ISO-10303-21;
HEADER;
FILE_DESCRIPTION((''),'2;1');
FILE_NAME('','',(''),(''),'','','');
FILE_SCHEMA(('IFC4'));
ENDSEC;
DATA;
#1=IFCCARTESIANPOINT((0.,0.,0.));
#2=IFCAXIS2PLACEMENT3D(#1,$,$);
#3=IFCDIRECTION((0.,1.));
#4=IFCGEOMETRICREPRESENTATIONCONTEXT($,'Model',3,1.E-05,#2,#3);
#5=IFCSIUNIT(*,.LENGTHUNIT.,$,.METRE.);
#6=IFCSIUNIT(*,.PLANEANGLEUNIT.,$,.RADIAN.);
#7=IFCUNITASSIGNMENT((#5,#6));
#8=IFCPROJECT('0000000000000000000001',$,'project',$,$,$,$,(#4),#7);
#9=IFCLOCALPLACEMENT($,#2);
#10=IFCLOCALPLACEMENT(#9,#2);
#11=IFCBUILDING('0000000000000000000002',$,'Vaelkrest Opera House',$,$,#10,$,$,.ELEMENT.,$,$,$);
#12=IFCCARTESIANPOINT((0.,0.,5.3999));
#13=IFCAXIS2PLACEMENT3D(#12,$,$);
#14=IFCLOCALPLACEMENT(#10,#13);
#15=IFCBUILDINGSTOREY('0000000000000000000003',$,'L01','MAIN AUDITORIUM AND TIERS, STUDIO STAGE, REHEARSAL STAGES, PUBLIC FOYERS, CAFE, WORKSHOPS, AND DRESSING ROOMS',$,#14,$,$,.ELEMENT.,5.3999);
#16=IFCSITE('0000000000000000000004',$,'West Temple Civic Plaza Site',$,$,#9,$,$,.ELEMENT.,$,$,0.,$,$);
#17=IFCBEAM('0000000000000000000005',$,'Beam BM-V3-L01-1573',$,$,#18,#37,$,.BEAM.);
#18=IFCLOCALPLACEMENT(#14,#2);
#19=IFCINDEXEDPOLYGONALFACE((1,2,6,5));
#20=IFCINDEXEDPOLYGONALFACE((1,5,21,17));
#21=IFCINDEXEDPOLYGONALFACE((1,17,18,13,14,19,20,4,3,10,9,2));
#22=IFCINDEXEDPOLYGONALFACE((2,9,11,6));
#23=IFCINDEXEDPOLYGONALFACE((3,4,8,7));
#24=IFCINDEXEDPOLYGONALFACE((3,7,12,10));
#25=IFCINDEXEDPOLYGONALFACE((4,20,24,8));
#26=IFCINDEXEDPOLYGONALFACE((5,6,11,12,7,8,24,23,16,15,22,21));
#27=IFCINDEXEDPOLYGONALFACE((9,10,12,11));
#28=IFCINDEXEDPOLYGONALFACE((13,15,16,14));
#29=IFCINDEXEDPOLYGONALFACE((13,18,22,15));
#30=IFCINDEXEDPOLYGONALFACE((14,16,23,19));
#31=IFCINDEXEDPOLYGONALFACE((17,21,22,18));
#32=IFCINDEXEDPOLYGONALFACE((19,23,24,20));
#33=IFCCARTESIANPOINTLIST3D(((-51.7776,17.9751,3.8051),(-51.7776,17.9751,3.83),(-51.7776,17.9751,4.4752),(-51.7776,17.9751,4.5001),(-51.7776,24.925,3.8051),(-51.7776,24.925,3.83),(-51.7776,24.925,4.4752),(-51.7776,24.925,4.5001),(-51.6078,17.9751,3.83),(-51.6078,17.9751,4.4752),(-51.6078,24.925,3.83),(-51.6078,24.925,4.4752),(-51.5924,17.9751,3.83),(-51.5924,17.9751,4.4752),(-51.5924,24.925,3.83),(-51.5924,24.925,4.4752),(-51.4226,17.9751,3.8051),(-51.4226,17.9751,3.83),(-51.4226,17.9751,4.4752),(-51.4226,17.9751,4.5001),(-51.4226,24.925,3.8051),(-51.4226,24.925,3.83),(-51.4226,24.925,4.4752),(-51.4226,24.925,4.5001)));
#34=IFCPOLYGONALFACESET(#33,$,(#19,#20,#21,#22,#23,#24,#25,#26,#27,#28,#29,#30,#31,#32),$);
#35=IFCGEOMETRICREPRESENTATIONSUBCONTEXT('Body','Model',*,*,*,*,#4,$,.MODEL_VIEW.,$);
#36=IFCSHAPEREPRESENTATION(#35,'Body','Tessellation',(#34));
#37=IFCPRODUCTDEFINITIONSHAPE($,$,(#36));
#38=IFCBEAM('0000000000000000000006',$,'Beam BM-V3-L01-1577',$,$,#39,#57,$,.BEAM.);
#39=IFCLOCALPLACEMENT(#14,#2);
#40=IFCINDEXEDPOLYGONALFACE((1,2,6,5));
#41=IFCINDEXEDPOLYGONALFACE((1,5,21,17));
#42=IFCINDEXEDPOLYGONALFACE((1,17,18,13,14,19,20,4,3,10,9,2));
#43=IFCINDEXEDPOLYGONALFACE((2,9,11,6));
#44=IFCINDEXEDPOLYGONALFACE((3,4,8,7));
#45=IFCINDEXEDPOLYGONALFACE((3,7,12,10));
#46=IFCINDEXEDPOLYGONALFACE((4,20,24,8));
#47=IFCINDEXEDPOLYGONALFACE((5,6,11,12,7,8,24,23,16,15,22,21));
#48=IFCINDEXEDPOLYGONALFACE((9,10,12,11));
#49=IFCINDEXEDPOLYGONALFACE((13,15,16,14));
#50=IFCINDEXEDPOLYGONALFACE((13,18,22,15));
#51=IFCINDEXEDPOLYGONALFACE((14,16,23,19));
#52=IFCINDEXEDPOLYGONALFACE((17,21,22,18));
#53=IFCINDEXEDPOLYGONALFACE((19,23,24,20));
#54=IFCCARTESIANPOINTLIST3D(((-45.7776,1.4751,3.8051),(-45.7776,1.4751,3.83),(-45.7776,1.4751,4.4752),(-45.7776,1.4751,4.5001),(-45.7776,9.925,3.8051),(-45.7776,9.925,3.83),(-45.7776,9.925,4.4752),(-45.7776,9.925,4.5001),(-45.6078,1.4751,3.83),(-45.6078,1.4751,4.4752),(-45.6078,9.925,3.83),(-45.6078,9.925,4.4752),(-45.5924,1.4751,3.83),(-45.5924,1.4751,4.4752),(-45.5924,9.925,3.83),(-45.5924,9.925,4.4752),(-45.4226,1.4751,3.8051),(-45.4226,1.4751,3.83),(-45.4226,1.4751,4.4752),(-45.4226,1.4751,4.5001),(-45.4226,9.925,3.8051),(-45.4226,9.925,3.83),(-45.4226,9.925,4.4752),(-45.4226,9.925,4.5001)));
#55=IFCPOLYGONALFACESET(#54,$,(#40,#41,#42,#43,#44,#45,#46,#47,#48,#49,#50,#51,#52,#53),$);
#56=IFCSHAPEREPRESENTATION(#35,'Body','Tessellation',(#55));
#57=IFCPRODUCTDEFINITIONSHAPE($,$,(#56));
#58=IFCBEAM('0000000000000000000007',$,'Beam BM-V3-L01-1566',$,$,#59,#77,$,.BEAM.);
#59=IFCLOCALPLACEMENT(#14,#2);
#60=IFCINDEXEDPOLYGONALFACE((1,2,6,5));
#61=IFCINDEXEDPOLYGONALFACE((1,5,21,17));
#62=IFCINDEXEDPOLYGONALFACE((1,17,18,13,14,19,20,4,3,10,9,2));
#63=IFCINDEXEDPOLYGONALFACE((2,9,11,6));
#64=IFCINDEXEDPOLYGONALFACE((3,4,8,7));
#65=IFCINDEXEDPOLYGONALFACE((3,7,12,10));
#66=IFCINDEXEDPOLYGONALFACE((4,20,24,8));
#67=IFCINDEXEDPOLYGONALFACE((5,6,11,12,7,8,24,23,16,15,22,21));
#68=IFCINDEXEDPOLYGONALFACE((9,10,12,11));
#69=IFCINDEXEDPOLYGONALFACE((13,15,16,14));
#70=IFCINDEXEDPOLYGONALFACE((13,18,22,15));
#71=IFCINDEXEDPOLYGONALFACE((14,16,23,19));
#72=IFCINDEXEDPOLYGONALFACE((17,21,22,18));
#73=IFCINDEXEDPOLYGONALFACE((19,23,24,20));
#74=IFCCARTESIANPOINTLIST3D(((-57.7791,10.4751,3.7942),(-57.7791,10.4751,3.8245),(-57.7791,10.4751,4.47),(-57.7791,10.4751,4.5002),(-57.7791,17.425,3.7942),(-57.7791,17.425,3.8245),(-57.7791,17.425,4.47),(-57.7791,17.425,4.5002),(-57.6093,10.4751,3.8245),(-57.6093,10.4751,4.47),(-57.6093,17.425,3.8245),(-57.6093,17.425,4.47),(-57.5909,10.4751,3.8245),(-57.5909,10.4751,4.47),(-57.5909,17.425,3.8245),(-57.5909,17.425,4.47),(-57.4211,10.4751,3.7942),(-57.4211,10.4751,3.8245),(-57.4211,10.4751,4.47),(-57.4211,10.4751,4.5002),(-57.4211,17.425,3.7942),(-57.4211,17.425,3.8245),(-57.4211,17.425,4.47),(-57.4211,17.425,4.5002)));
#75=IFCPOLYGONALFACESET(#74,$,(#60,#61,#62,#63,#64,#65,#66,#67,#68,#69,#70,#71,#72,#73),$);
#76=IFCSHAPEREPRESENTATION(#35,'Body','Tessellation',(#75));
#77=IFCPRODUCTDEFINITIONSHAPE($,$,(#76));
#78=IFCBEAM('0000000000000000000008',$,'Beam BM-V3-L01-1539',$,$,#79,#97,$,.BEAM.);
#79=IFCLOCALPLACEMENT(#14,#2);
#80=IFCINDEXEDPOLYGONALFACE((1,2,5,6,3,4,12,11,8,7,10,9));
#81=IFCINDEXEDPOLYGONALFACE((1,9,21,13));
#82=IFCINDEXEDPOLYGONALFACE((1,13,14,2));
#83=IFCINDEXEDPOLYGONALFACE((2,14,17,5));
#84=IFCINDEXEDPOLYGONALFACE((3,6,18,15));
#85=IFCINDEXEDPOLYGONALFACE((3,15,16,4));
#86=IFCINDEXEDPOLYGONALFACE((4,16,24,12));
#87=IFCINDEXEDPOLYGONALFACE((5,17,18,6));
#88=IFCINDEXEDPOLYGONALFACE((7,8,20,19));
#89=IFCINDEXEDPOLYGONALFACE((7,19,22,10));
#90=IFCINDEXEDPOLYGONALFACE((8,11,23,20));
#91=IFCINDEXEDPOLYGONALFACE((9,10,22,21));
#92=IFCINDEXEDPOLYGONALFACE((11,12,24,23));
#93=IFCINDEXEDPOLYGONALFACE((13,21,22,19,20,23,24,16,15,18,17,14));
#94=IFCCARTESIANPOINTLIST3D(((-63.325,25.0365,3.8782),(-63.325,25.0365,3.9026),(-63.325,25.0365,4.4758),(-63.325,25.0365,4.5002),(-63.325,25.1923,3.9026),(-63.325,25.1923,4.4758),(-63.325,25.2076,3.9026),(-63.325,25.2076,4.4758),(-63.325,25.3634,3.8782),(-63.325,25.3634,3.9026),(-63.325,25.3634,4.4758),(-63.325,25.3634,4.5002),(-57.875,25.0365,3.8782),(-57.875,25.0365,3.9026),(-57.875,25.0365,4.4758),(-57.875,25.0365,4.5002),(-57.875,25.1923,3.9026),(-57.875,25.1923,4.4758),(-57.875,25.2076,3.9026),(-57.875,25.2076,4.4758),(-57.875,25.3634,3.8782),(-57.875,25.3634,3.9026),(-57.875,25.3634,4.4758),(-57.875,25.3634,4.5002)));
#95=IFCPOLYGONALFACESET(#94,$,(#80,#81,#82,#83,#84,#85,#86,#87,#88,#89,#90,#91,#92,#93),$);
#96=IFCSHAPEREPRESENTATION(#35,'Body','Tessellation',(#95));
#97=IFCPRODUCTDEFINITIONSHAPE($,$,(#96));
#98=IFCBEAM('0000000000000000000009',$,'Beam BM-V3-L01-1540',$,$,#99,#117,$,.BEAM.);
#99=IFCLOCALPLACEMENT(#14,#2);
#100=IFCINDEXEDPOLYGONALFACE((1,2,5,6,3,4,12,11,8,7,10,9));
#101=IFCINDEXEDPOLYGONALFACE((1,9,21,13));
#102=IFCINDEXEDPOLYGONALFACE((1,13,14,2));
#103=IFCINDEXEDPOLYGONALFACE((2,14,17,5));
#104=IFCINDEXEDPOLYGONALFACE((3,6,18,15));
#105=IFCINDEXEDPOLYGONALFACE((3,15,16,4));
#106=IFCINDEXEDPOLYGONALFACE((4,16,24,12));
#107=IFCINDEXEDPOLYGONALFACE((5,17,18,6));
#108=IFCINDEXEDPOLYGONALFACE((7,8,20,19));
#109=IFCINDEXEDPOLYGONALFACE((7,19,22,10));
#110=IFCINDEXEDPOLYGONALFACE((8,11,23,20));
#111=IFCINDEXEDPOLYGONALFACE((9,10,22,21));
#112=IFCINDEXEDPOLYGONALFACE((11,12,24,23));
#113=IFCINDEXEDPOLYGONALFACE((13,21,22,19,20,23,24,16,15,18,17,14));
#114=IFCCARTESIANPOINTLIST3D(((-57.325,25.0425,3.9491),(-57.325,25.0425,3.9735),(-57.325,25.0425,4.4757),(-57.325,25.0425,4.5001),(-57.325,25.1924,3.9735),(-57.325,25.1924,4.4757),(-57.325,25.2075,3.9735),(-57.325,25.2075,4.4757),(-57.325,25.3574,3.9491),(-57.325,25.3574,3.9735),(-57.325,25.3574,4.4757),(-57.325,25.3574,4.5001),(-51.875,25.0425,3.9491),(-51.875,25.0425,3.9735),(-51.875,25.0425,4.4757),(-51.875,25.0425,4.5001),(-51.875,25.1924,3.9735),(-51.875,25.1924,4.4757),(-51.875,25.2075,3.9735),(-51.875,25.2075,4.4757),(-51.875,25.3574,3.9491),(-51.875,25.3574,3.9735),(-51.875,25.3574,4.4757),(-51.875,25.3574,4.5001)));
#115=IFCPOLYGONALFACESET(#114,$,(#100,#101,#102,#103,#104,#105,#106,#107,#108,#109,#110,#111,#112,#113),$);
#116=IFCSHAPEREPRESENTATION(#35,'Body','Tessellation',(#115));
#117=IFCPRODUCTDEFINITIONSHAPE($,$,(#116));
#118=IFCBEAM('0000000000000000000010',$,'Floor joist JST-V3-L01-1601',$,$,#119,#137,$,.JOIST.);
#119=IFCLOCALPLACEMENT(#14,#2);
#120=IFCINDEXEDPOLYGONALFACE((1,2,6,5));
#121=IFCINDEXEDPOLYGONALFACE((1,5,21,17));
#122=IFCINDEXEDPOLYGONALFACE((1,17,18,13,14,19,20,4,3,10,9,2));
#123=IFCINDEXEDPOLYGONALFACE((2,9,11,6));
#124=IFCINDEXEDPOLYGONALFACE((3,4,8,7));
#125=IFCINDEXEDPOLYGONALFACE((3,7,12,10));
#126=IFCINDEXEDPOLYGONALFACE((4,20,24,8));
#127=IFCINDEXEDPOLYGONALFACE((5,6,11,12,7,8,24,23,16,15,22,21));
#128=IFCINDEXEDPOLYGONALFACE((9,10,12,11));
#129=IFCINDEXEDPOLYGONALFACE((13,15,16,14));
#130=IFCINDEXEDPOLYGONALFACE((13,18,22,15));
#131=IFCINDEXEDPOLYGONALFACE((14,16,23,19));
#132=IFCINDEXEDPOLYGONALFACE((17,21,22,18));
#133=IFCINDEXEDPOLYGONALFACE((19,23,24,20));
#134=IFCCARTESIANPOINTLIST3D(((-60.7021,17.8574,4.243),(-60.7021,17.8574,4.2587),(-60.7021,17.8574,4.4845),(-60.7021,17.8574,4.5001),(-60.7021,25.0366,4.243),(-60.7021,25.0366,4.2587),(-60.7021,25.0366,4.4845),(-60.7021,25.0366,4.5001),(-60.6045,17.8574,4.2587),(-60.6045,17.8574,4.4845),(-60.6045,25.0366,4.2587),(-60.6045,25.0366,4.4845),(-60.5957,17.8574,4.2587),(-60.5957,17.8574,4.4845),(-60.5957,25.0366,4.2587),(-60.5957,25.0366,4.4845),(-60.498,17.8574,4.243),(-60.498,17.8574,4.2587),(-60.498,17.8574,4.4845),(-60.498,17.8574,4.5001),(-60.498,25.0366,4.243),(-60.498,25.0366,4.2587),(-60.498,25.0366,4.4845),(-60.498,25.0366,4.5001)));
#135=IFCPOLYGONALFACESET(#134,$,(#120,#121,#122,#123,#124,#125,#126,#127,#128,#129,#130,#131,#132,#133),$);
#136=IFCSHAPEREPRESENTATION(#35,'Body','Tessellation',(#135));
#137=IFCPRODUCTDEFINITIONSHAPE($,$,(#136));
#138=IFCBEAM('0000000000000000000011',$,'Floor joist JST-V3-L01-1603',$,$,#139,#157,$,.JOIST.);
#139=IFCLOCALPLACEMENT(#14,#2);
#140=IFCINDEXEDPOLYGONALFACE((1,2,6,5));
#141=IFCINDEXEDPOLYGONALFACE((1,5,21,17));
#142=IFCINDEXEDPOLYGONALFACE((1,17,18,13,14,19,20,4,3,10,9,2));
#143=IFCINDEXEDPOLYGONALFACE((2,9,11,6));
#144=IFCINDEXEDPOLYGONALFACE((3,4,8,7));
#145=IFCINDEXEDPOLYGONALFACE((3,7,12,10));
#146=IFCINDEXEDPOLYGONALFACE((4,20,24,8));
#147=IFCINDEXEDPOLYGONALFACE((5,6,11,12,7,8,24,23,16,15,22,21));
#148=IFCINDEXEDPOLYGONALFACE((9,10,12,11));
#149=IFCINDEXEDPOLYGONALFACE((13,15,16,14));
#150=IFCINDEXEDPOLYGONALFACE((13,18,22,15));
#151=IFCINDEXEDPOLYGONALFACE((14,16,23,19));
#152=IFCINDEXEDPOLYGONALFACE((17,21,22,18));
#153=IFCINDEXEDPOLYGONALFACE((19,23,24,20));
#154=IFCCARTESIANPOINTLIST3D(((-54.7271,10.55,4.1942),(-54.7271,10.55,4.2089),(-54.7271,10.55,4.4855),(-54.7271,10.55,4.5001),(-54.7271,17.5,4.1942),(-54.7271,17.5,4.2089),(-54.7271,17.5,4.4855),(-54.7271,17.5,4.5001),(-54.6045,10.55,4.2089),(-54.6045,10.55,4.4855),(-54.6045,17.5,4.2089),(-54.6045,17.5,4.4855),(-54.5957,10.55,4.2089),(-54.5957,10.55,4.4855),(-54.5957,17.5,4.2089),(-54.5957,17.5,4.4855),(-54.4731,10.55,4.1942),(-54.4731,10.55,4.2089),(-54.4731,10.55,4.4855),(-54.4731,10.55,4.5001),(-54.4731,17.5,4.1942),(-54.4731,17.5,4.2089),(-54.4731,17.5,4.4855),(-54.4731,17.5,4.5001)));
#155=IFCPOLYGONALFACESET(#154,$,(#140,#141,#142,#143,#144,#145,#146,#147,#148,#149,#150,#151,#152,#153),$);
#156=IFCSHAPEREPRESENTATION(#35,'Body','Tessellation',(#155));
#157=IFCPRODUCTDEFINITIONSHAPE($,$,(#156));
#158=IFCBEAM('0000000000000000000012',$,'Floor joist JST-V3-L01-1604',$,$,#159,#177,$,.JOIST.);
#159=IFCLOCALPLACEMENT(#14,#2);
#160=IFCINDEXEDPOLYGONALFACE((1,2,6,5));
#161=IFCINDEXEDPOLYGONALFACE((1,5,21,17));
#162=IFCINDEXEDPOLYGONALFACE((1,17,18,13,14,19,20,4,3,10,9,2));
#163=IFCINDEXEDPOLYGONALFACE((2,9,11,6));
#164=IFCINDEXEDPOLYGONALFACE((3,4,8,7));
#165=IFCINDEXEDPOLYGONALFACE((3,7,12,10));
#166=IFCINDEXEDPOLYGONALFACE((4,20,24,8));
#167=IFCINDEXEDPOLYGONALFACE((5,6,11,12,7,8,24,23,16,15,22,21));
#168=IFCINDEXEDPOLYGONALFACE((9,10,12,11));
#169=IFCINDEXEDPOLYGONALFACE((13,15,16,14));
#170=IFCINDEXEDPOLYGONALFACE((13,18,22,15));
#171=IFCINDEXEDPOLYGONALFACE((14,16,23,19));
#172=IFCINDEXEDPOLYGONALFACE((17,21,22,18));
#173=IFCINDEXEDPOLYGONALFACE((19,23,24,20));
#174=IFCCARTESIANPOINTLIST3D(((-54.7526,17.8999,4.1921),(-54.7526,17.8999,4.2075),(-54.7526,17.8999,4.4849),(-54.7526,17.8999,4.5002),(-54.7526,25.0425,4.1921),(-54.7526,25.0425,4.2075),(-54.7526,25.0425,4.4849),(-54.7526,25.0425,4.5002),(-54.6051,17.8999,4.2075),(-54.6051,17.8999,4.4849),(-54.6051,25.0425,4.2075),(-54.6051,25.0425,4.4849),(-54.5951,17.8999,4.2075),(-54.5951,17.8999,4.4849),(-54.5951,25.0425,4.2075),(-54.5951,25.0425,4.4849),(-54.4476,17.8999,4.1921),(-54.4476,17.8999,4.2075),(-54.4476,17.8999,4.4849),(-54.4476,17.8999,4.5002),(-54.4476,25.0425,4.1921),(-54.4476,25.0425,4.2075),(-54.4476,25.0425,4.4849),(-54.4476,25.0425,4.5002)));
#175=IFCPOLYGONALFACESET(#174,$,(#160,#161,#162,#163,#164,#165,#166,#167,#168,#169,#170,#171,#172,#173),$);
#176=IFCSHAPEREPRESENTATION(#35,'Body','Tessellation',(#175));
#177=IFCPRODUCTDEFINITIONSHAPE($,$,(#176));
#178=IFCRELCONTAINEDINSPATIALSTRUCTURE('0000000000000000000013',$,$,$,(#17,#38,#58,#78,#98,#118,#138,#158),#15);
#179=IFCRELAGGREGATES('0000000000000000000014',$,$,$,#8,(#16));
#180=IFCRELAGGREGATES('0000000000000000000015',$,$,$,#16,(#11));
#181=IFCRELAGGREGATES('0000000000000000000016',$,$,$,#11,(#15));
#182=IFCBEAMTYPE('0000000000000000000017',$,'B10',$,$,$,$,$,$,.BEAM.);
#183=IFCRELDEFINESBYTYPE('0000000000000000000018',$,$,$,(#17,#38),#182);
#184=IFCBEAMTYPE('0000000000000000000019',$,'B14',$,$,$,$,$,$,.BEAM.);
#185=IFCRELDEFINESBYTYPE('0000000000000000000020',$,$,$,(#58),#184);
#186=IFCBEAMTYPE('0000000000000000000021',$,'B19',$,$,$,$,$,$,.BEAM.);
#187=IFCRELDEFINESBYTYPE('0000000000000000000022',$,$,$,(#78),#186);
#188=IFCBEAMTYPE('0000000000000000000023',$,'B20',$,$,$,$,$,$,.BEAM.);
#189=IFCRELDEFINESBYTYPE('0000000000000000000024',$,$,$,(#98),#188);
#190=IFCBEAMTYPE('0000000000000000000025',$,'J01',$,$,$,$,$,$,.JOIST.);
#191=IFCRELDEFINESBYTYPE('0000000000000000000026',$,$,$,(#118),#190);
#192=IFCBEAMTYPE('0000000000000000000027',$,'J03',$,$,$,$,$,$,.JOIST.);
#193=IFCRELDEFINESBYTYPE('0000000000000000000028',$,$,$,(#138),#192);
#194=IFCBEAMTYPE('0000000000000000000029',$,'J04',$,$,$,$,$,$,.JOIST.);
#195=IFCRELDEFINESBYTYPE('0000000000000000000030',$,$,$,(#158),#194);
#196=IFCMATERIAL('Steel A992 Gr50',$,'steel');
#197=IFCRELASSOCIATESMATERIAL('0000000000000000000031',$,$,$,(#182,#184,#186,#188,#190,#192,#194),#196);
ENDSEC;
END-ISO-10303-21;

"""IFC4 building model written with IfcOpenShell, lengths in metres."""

from ifc_helpers import new_model, si_unit, direction, frame, origin, origin_2d, place, context, subcontext, project, spatial, i_section, extrude, material, material_profile, profile_set, type_object, element, save


model = new_model("IFC4")

# Units and contexts
model_context = context("Model", 3, precision=1e-05, world=origin(), true_north=direction((0.0, 1.0)))
body_context = subcontext(model_context, "Body", "Model", "MODEL_VIEW")
ifc_project = project(units=[si_unit("LENGTHUNIT", "METRE"), si_unit("PLANEANGLEUNIT", "RADIAN")], contexts=[model_context])

# Site, building, storey
site_placement = place(None, origin())
site = spatial("IfcSite", under=ifc_project, at=site_placement, Name="West Temple Civic Plaza Site", CompositionType="ELEMENT", RefElevation=0.0)
building_placement = place(site_placement, origin())
building = spatial("IfcBuilding", under=site, at=building_placement, Name="Vaelkrest Opera House", CompositionType="ELEMENT")
storey_placement = place(building_placement, frame((0.0, 0.0, 5.3999)))
storey = spatial("IfcBuildingStorey", under=building, at=storey_placement, Name="L01", Description="MAIN AUDITORIUM AND TIERS, STUDIO STAGE, REHEARSAL STAGES, PUBLIC FOYERS, CAFE, WORKSHOPS, AND DRESSING ROOMS", CompositionType="ELEMENT", Elevation=5.3999)

# Beams
ifc_material_1 = material(Name="Steel A992 Gr50", Category="steel")
ifc_material_profile_1 = material_profile(ifc_material_1, i_section(OverallWidth=0.355, OverallDepth=0.6951, WebThickness=0.0154, FlangeThickness=0.0249, at=origin_2d()), Name="W27X146")
ifc_profile_set_1 = profile_set([ifc_material_profile_1], Name="Steel A992 Gr50")
beam_type_1 = type_object("IfcBeamType", Name="B10", PredefinedType="BEAM", material=ifc_profile_set_1)
beam_1_placement = place(storey_placement, frame((-51.6001, 17.9751, 4.1526), z_axis=(0.0, 1.0, 0.0), x_axis=(-1.0, 0.0, 0.0)))
element("IfcBeam", 1, at=beam_1_placement, inside=storey, type_object=beam_type_1, Name="Beam BM-V3-L01-1573", PredefinedType="BEAM", context=body_context, shape_type="SweptSolid", body=[
    extrude(i_section(OverallWidth=0.355, OverallDepth=0.6951, WebThickness=0.0154, FlangeThickness=0.0249, at=origin_2d()), origin(), (0.0, 0.0, 1.0), 6.95),
])
beam_2_placement = place(storey_placement, frame((-45.6001, 1.4751, 4.1526), z_axis=(0.0, 1.0, 0.0), x_axis=(-1.0, 0.0, 0.0)))
element("IfcBeam", 2, at=beam_2_placement, inside=storey, type_object=beam_type_1, Name="Beam BM-V3-L01-1577", PredefinedType="BEAM", context=body_context, shape_type="SweptSolid", body=[
    extrude(i_section(OverallWidth=0.355, OverallDepth=0.6951, WebThickness=0.0154, FlangeThickness=0.0249, at=origin_2d()), origin(), (0.0, 0.0, 1.0), 8.45),
])
ifc_material_profile_2 = material_profile(ifc_material_1, i_section(OverallWidth=0.3579, OverallDepth=0.7061, WebThickness=0.0183, FlangeThickness=0.0303, at=origin_2d()), Name="W27X178")
ifc_profile_set_2 = profile_set([ifc_material_profile_2], Name="Steel A992 Gr50")
beam_type_2 = type_object("IfcBeamType", Name="B14", PredefinedType="BEAM", material=ifc_profile_set_2)
beam_3_placement = place(storey_placement, frame((-57.6001, 10.4751, 4.1472), z_axis=(0.0, 1.0, 0.0), x_axis=(-1.0, 0.0, 0.0)))
element("IfcBeam", 3, at=beam_3_placement, inside=storey, type_object=beam_type_2, Name="Beam BM-V3-L01-1566", PredefinedType="BEAM", context=body_context, shape_type="SweptSolid", body=[
    extrude(i_section(OverallWidth=0.3579, OverallDepth=0.7061, WebThickness=0.0183, FlangeThickness=0.0303, at=origin_2d()), origin(), (0.0, 0.0, 1.0), 6.95),
])
ifc_material_profile_3 = material_profile(ifc_material_1, i_section(OverallWidth=0.3269, OverallDepth=0.6221, WebThickness=0.0154, FlangeThickness=0.0244, at=origin_2d()), Name="W24X131")
ifc_profile_set_3 = profile_set([ifc_material_profile_3], Name="Steel A992 Gr50")
beam_type_3 = type_object("IfcBeamType", Name="B19", PredefinedType="BEAM", material=ifc_profile_set_3)
beam_4_placement = place(storey_placement, frame((-63.325, 25.2, 4.1892), z_axis=(1.0, 0.0, 0.0), x_axis=(0.0, 1.0, 0.0)))
element("IfcBeam", 4, at=beam_4_placement, inside=storey, type_object=beam_type_3, Name="Beam BM-V3-L01-1539", PredefinedType="BEAM", context=body_context, shape_type="SweptSolid", body=[
    extrude(i_section(OverallWidth=0.3269, OverallDepth=0.6221, WebThickness=0.0154, FlangeThickness=0.0244, at=origin_2d()), origin(), (0.0, 0.0, 1.0), 5.45),
])
ifc_material_profile_4 = material_profile(ifc_material_1, i_section(OverallWidth=0.3149, OverallDepth=0.551, WebThickness=0.0151, FlangeThickness=0.0244, at=origin_2d()), Name="W21X122")
ifc_profile_set_4 = profile_set([ifc_material_profile_4], Name="Steel A992 Gr50")
beam_type_4 = type_object("IfcBeamType", Name="B20", PredefinedType="BEAM", material=ifc_profile_set_4)
beam_5_placement = place(storey_placement, frame((-57.325, 25.2, 4.2246), z_axis=(1.0, 0.0, 0.0), x_axis=(0.0, 1.0, 0.0)))
element("IfcBeam", 5, at=beam_5_placement, inside=storey, type_object=beam_type_4, Name="Beam BM-V3-L01-1540", PredefinedType="BEAM", context=body_context, shape_type="SweptSolid", body=[
    extrude(i_section(OverallWidth=0.3149, OverallDepth=0.551, WebThickness=0.0151, FlangeThickness=0.0244, at=origin_2d()), origin(), (0.0, 0.0, 1.0), 5.45),
])
ifc_material_profile_5 = material_profile(ifc_material_1, i_section(OverallWidth=0.2041, OverallDepth=0.2571, WebThickness=0.0088, FlangeThickness=0.0156, at=origin_2d()), Name="W10X45")
ifc_profile_set_5 = profile_set([ifc_material_profile_5], Name="Steel A992 Gr50")
beam_type_5 = type_object("IfcBeamType", Name="J01", PredefinedType="JOIST", material=ifc_profile_set_5)
beam_6_placement = place(storey_placement, frame((-60.6001, 17.8574, 4.3716), z_axis=(0.0, 1.0, 0.0), x_axis=(-1.0, 0.0, 0.0)))
element("IfcBeam", 6, at=beam_6_placement, inside=storey, type_object=beam_type_5, Name="Floor joist JST-V3-L01-1601", PredefinedType="JOIST", context=body_context, shape_type="SweptSolid", body=[
    extrude(i_section(OverallWidth=0.2041, OverallDepth=0.2571, WebThickness=0.0088, FlangeThickness=0.0156, at=origin_2d()), origin(), (0.0, 0.0, 1.0), 7.1792),
])
ifc_material_profile_6 = material_profile(ifc_material_1, i_section(OverallWidth=0.2539, OverallDepth=0.3059, WebThickness=0.0088, FlangeThickness=0.0146, at=origin_2d()), Name="W12X53")
ifc_profile_set_6 = profile_set([ifc_material_profile_6], Name="Steel A992 Gr50")
beam_type_6 = type_object("IfcBeamType", Name="J03", PredefinedType="JOIST", material=ifc_profile_set_6)
beam_7_placement = place(storey_placement, frame((-54.6001, 10.55, 4.3472), z_axis=(0.0, 1.0, 0.0), x_axis=(-1.0, 0.0, 0.0)))
element("IfcBeam", 7, at=beam_7_placement, inside=storey, type_object=beam_type_6, Name="Floor joist JST-V3-L01-1603", PredefinedType="JOIST", context=body_context, shape_type="SweptSolid", body=[
    extrude(i_section(OverallWidth=0.2539, OverallDepth=0.3059, WebThickness=0.0088, FlangeThickness=0.0146, at=origin_2d()), origin(), (0.0, 0.0, 1.0), 6.95),
])
ifc_material_profile_7 = material_profile(ifc_material_1, i_section(OverallWidth=0.3049, OverallDepth=0.3081, WebThickness=0.01, FlangeThickness=0.0154, at=origin_2d()), Name="W12X65")
ifc_profile_set_7 = profile_set([ifc_material_profile_7], Name="Steel A992 Gr50")
beam_type_7 = type_object("IfcBeamType", Name="J04", PredefinedType="JOIST", material=ifc_profile_set_7)
beam_8_placement = place(storey_placement, frame((-54.6001, 17.8999, 4.3462), z_axis=(0.0, 1.0, 0.0), x_axis=(-1.0, 0.0, 0.0)))
element("IfcBeam", 8, at=beam_8_placement, inside=storey, type_object=beam_type_7, Name="Floor joist JST-V3-L01-1604", PredefinedType="JOIST", context=body_context, shape_type="SweptSolid", body=[
    extrude(i_section(OverallWidth=0.3049, OverallDepth=0.3081, WebThickness=0.01, FlangeThickness=0.0154, at=origin_2d()), origin(), (0.0, 0.0, 1.0), 7.1426),
])

save(model, "model.ifc")
